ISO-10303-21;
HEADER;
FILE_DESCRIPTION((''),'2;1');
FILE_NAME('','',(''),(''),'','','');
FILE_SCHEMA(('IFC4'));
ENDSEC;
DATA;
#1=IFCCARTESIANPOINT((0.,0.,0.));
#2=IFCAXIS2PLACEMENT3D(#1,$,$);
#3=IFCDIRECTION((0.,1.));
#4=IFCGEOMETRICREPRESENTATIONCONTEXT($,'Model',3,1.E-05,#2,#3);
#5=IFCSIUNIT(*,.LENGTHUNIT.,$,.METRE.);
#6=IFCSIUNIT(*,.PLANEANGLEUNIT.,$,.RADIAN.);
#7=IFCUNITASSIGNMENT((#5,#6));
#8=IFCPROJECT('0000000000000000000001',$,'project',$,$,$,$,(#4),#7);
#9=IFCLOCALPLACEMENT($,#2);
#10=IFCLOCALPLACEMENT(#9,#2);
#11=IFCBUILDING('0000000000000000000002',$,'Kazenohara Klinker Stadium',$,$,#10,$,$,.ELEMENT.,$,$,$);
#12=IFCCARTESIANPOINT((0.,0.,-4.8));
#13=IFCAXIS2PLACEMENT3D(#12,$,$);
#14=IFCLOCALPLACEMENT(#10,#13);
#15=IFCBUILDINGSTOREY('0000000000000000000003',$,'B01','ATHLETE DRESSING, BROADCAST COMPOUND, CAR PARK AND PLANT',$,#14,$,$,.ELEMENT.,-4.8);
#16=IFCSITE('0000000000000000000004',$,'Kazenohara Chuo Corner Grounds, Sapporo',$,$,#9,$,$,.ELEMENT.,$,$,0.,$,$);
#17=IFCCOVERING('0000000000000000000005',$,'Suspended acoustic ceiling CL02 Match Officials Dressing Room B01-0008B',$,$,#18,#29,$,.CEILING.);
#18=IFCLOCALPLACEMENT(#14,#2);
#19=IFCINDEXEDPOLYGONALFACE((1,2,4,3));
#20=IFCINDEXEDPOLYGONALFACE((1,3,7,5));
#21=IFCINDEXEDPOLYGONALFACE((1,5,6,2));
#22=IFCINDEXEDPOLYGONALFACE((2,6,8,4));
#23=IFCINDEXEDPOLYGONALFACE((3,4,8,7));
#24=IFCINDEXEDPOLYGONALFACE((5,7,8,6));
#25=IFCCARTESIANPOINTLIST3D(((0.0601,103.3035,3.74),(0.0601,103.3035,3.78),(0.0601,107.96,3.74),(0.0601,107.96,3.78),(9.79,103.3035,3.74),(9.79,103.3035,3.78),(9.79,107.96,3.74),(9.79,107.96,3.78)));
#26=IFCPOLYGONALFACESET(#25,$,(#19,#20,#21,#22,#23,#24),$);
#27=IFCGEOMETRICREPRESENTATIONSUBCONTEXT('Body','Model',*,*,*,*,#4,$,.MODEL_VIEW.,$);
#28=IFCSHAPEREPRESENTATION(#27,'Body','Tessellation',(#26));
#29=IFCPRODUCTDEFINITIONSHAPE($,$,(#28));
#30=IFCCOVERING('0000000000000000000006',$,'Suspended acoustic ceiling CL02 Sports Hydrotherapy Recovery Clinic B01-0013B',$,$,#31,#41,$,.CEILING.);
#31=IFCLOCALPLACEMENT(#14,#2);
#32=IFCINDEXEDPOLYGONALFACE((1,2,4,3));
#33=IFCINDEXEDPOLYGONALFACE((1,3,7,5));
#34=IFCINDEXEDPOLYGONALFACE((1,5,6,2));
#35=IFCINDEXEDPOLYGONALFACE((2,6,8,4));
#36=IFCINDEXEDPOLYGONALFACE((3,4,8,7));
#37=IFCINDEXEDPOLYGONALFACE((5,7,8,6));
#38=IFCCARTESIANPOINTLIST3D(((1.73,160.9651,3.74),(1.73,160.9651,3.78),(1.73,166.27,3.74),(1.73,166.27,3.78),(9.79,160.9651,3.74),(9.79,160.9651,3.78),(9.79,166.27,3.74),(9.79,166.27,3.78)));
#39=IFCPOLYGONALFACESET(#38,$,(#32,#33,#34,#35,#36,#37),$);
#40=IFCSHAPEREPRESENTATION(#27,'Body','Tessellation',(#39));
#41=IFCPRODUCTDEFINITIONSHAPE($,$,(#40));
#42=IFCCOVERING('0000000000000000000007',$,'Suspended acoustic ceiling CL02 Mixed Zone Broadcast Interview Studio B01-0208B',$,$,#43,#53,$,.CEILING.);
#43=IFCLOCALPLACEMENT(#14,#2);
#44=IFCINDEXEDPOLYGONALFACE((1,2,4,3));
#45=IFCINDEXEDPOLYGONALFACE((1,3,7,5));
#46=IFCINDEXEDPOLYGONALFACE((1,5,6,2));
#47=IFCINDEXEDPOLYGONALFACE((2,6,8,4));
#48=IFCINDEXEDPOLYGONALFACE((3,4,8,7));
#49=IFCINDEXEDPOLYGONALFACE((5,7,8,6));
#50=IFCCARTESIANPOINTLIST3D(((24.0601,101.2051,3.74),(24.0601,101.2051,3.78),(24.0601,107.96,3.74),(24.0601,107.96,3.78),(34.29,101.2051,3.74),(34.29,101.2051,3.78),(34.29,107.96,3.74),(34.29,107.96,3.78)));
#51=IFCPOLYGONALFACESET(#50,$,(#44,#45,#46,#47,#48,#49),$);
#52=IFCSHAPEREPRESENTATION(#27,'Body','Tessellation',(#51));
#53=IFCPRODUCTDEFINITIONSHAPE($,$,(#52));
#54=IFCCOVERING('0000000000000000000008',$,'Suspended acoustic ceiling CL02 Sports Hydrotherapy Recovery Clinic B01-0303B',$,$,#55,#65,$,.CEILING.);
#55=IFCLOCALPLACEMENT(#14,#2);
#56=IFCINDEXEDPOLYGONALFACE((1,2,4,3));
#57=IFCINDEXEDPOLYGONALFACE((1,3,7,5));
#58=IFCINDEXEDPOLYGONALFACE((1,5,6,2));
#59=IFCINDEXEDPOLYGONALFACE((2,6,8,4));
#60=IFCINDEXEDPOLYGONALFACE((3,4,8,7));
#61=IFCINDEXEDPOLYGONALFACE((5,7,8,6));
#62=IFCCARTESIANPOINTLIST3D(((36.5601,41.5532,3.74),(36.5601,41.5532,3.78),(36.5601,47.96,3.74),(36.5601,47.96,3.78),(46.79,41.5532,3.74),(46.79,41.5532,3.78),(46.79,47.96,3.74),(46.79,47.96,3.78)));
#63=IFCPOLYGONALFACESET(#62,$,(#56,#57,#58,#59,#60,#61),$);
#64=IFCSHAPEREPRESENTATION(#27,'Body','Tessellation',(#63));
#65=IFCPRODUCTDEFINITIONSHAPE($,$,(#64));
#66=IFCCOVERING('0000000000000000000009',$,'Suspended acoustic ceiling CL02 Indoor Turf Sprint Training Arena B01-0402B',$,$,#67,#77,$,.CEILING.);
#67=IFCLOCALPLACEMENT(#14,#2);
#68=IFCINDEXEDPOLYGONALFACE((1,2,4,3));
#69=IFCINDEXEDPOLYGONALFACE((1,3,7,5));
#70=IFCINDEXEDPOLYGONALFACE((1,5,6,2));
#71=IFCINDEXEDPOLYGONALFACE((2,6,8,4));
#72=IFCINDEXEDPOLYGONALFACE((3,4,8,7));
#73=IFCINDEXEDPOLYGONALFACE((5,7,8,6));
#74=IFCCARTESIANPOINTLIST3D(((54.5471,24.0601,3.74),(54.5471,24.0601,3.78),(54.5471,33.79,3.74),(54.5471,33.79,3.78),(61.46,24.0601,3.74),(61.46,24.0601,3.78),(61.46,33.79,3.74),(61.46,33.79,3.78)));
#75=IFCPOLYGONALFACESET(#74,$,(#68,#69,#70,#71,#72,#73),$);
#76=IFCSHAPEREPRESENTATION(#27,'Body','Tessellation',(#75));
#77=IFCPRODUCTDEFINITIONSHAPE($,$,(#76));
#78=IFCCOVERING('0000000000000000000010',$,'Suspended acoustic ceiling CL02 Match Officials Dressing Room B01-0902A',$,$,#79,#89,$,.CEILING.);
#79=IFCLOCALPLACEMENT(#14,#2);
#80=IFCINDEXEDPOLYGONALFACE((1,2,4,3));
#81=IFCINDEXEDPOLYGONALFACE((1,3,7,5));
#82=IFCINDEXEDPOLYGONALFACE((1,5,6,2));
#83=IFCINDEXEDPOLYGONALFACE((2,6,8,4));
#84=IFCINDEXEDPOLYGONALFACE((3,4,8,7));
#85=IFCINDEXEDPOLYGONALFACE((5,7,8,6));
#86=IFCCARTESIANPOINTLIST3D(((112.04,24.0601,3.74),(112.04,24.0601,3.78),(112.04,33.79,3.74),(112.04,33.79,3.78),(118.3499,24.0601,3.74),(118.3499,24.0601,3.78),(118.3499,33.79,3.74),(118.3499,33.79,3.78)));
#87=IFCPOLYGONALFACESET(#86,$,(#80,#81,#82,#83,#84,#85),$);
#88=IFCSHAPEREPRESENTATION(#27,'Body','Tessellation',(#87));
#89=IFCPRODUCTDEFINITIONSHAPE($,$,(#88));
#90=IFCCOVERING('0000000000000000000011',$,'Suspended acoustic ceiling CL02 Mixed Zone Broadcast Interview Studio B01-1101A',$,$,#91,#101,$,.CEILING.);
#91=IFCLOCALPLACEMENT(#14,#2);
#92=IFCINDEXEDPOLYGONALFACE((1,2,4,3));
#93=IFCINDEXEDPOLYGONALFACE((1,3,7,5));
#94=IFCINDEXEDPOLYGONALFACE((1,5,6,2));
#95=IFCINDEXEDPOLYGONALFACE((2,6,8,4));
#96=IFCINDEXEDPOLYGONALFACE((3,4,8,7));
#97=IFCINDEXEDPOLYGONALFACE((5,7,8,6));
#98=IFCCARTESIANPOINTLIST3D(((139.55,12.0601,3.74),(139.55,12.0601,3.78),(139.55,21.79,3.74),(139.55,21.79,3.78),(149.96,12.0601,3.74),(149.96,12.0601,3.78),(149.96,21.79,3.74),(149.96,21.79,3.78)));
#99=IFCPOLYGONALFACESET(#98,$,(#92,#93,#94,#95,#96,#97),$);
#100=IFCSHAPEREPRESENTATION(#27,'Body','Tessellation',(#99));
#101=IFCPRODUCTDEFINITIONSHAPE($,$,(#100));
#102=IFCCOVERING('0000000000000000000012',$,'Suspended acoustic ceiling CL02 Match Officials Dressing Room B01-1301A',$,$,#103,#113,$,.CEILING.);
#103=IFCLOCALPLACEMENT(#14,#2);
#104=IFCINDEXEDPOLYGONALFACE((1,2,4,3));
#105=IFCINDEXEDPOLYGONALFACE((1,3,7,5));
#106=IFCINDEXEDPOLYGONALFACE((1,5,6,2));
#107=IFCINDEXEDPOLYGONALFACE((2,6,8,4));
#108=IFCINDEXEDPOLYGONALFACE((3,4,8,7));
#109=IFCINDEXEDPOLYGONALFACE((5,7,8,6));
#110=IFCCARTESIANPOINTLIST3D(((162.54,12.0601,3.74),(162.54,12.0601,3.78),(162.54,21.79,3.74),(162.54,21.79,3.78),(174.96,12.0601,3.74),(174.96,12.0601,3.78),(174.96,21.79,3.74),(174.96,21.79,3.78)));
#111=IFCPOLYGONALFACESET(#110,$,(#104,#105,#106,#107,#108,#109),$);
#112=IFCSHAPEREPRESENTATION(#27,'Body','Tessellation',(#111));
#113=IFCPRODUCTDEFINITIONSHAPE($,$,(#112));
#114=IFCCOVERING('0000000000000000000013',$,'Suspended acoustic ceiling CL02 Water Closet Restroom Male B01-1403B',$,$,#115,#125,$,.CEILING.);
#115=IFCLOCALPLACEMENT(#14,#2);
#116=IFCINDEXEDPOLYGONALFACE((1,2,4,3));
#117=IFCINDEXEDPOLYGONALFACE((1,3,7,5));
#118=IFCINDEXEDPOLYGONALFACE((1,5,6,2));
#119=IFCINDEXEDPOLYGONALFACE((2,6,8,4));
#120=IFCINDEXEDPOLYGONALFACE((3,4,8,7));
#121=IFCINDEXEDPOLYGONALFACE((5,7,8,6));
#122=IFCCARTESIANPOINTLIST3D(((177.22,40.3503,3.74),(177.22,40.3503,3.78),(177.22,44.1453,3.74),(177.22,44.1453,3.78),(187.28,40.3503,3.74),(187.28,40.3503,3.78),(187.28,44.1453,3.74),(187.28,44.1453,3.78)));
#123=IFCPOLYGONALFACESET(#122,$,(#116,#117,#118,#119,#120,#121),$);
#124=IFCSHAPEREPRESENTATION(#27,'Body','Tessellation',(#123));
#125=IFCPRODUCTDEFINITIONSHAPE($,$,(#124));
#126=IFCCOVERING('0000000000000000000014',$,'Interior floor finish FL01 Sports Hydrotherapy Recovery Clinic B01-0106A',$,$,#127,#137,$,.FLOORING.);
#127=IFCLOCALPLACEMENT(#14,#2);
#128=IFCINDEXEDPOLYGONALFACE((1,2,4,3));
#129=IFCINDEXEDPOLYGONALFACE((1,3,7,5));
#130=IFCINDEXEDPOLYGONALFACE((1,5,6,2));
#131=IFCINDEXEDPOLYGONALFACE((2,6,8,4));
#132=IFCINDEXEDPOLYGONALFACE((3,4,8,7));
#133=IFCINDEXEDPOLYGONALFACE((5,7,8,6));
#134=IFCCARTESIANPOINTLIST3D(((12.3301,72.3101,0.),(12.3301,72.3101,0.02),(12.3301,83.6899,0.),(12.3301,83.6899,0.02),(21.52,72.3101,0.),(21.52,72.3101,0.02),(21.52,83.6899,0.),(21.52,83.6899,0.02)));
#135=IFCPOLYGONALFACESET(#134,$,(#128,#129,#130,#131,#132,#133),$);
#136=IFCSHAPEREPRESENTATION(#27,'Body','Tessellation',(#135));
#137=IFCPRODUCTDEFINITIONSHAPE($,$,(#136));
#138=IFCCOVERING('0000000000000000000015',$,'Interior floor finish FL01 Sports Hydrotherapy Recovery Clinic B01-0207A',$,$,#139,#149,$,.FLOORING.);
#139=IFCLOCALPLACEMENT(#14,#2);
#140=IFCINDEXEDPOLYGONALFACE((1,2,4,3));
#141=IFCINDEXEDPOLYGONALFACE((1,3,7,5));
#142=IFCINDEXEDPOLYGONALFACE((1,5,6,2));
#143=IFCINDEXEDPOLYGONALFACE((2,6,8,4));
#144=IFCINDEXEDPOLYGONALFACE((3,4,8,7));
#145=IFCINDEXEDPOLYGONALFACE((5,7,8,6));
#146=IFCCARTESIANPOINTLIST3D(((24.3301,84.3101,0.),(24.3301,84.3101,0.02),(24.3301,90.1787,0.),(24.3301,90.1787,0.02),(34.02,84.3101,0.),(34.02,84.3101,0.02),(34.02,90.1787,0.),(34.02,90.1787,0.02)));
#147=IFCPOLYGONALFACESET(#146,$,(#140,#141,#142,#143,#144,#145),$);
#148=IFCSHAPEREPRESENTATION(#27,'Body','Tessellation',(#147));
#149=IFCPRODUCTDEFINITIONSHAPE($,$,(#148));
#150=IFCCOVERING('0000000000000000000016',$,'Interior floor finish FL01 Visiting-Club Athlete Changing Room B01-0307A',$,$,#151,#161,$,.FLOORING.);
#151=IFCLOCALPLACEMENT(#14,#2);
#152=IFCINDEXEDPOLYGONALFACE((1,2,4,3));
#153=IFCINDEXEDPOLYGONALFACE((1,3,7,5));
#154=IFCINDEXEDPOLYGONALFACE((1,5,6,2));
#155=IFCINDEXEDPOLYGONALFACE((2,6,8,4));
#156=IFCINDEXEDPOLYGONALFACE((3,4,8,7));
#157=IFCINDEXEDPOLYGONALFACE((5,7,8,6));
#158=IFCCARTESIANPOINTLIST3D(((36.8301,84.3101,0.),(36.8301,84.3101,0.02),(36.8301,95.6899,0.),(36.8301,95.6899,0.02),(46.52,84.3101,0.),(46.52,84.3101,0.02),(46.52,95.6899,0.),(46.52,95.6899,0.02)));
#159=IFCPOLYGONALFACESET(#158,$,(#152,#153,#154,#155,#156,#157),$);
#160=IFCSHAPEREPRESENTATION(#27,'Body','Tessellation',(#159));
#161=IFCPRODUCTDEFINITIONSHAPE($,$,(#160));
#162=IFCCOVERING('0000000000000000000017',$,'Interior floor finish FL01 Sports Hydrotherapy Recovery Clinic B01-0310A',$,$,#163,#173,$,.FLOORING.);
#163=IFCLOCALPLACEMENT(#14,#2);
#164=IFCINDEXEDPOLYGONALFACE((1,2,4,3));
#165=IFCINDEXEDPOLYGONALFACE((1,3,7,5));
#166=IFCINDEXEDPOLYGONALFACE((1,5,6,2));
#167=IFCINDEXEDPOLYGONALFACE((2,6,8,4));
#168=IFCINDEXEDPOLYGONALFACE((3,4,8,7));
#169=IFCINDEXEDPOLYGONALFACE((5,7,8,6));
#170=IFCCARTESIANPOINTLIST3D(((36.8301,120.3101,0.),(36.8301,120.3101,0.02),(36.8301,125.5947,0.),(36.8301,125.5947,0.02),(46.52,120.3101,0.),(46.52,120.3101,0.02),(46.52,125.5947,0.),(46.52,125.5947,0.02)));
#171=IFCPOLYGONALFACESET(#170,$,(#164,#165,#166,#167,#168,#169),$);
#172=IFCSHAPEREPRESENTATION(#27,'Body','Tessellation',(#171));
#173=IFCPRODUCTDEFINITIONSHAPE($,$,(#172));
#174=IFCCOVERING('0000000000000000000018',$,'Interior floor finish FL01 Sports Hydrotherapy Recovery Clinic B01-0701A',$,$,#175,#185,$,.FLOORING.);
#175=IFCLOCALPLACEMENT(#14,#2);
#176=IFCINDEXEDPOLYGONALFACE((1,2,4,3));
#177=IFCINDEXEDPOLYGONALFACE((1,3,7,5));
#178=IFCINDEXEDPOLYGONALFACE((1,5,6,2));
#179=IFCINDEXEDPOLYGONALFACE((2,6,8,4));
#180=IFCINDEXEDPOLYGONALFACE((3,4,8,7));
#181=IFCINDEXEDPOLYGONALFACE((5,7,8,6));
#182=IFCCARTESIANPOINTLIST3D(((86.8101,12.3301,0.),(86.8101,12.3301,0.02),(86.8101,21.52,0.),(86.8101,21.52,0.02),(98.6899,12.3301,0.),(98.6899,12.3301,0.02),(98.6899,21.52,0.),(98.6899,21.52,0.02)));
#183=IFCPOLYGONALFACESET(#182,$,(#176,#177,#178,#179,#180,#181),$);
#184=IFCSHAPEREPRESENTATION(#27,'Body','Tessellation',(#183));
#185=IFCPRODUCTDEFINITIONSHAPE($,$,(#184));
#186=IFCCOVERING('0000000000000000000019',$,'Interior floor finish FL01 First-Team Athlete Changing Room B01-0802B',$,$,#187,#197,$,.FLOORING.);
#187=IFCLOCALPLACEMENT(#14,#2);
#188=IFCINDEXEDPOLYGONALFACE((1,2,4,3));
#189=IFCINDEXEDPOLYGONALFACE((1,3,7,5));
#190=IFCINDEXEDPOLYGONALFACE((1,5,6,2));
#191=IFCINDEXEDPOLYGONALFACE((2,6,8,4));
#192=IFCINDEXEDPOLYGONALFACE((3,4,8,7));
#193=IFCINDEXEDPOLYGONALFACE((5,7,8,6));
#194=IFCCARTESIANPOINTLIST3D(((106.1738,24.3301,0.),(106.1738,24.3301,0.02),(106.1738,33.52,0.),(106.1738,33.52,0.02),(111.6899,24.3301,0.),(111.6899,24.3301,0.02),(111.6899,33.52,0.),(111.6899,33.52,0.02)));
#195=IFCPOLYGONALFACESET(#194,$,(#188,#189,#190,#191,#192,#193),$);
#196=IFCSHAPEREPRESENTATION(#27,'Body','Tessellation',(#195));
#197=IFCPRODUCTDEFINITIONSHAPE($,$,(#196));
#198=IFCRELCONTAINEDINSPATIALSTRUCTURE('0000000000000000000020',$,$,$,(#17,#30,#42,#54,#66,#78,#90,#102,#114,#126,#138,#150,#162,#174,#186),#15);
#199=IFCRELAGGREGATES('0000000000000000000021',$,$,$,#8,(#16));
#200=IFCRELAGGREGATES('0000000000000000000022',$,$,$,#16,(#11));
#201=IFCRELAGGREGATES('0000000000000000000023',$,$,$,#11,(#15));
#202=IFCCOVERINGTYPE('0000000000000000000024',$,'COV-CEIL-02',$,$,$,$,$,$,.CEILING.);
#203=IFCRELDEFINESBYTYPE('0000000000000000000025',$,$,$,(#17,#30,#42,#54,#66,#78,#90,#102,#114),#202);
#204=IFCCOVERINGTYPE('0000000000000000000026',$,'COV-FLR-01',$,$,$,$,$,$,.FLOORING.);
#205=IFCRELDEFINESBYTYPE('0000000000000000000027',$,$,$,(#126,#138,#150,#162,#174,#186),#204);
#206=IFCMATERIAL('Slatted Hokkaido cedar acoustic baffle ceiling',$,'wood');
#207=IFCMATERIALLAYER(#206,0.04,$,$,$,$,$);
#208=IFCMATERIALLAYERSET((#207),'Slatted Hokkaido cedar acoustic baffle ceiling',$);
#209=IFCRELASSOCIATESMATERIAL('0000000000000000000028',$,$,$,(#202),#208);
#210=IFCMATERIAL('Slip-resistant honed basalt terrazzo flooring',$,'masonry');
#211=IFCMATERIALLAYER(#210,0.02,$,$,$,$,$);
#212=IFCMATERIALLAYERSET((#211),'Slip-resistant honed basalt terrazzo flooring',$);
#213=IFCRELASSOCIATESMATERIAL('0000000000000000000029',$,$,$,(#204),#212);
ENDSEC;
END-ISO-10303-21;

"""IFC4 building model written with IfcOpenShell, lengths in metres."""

from ifc_helpers import new_model, si_unit, direction, frame, origin, place, context, subcontext, project, spatial, polyline, outline, extrude, material, layer, layer_set, type_object, element, save


model = new_model("IFC4")

# Units and contexts
model_context = context("Model", 3, precision=1e-05, world=origin(), true_north=direction((0.0, 1.0)))
body_context = subcontext(model_context, "Body", "Model", "MODEL_VIEW")
ifc_project = project(units=[si_unit("LENGTHUNIT", "METRE"), si_unit("PLANEANGLEUNIT", "RADIAN")], contexts=[model_context])

# Site, building, storey
site_placement = place(None, origin())
site = spatial("IfcSite", under=ifc_project, at=site_placement, Name="Kazenohara Chuo Corner Grounds, Sapporo", CompositionType="ELEMENT", RefElevation=0.0)
building_placement = place(site_placement, origin())
building = spatial("IfcBuilding", under=site, at=building_placement, Name="Kazenohara Klinker Stadium", CompositionType="ELEMENT")
storey_placement = place(building_placement, frame((0.0, 0.0, -4.8)))
storey = spatial("IfcBuildingStorey", under=building, at=storey_placement, Name="B01", Description="ATHLETE DRESSING, BROADCAST COMPOUND, CAR PARK AND PLANT", CompositionType="ELEMENT", Elevation=-4.8)

# Coverings
ifc_material_1 = material(Name="Slatted Hokkaido cedar acoustic baffle ceiling", Category="wood")
ifc_layer_1 = layer(ifc_material_1, 0.04)
ifc_layer_set_1 = layer_set([ifc_layer_1], Name="Slatted Hokkaido cedar acoustic baffle ceiling")
covering_type_1 = type_object("IfcCoveringType", Name="COV-CEIL-02", PredefinedType="CEILING", material=ifc_layer_set_1)
covering_1_placement = place(storey_placement, frame((0.0, 0.0, 3.74)))
element("IfcCovering", 1, at=covering_1_placement, inside=storey, type_object=covering_type_1, Name="Suspended acoustic ceiling CL02 Match Officials Dressing Room B01-0008B", PredefinedType="CEILING", context=body_context, shape_type="SweptSolid", body=[
    extrude(outline(polyline([(0.0601, 103.3035), (9.79, 103.3035), (9.79, 107.96), (0.0601, 107.96), (0.0601, 103.3035)])), origin(), (0.0, 0.0, 1.0), 0.04),
])
covering_2_placement = place(storey_placement, frame((0.0, 0.0, 3.74)))
element("IfcCovering", 2, at=covering_2_placement, inside=storey, type_object=covering_type_1, Name="Suspended acoustic ceiling CL02 Sports Hydrotherapy Recovery Clinic B01-0013B", PredefinedType="CEILING", context=body_context, shape_type="SweptSolid", body=[
    extrude(outline(polyline([(1.73, 160.9651), (9.79, 160.9651), (9.79, 166.27), (1.73, 166.27), (1.73, 160.9651)])), origin(), (0.0, 0.0, 1.0), 0.04),
])
covering_3_placement = place(storey_placement, frame((0.0, 0.0, 3.74)))
element("IfcCovering", 3, at=covering_3_placement, inside=storey, type_object=covering_type_1, Name="Suspended acoustic ceiling CL02 Mixed Zone Broadcast Interview Studio B01-0208B", PredefinedType="CEILING", context=body_context, shape_type="SweptSolid", body=[
    extrude(outline(polyline([(24.0601, 101.2051), (34.29, 101.2051), (34.29, 107.96), (24.0601, 107.96), (24.0601, 101.2051)])), origin(), (0.0, 0.0, 1.0), 0.04),
])
covering_4_placement = place(storey_placement, frame((0.0, 0.0, 3.74)))
element("IfcCovering", 4, at=covering_4_placement, inside=storey, type_object=covering_type_1, Name="Suspended acoustic ceiling CL02 Sports Hydrotherapy Recovery Clinic B01-0303B", PredefinedType="CEILING", context=body_context, shape_type="SweptSolid", body=[
    extrude(outline(polyline([(36.5601, 41.5532), (46.79, 41.5532), (46.79, 47.96), (36.5601, 47.96), (36.5601, 41.5532)])), origin(), (0.0, 0.0, 1.0), 0.04),
])
covering_5_placement = place(storey_placement, frame((0.0, 0.0, 3.74)))
element("IfcCovering", 5, at=covering_5_placement, inside=storey, type_object=covering_type_1, Name="Suspended acoustic ceiling CL02 Indoor Turf Sprint Training Arena B01-0402B", PredefinedType="CEILING", context=body_context, shape_type="SweptSolid", body=[
    extrude(outline(polyline([(54.5471, 24.0601), (61.46, 24.0601), (61.46, 33.79), (54.5471, 33.79), (54.5471, 24.0601)])), origin(), (0.0, 0.0, 1.0), 0.04),
])
covering_6_placement = place(storey_placement, frame((0.0, 0.0, 3.74)))
element("IfcCovering", 6, at=covering_6_placement, inside=storey, type_object=covering_type_1, Name="Suspended acoustic ceiling CL02 Match Officials Dressing Room B01-0902A", PredefinedType="CEILING", context=body_context, shape_type="SweptSolid", body=[
    extrude(outline(polyline([(112.04, 24.0601), (118.3499, 24.0601), (118.3499, 33.79), (112.04, 33.79), (112.04, 24.0601)])), origin(), (0.0, 0.0, 1.0), 0.04),
])
covering_7_placement = place(storey_placement, frame((0.0, 0.0, 3.74)))
element("IfcCovering", 7, at=covering_7_placement, inside=storey, type_object=covering_type_1, Name="Suspended acoustic ceiling CL02 Mixed Zone Broadcast Interview Studio B01-1101A", PredefinedType="CEILING", context=body_context, shape_type="SweptSolid", body=[
    extrude(outline(polyline([(139.55, 12.0601), (149.96, 12.0601), (149.96, 21.79), (139.55, 21.79), (139.55, 12.0601)])), origin(), (0.0, 0.0, 1.0), 0.04),
])
covering_8_placement = place(storey_placement, frame((0.0, 0.0, 3.74)))
element("IfcCovering", 8, at=covering_8_placement, inside=storey, type_object=covering_type_1, Name="Suspended acoustic ceiling CL02 Match Officials Dressing Room B01-1301A", PredefinedType="CEILING", context=body_context, shape_type="SweptSolid", body=[
    extrude(outline(polyline([(162.54, 12.0601), (174.96, 12.0601), (174.96, 21.79), (162.54, 21.79), (162.54, 12.0601)])), origin(), (0.0, 0.0, 1.0), 0.04),
])
covering_9_placement = place(storey_placement, frame((0.0, 0.0, 3.74)))
element("IfcCovering", 9, at=covering_9_placement, inside=storey, type_object=covering_type_1, Name="Suspended acoustic ceiling CL02 Water Closet Restroom Male B01-1403B", PredefinedType="CEILING", context=body_context, shape_type="SweptSolid", body=[
    extrude(outline(polyline([(177.22, 40.3503), (187.28, 40.3503), (187.28, 44.1453), (177.22, 44.1453), (177.22, 40.3503)])), origin(), (0.0, 0.0, 1.0), 0.04),
])
ifc_material_2 = material(Name="Slip-resistant honed basalt terrazzo flooring", Category="masonry")
ifc_layer_2 = layer(ifc_material_2, 0.02)
ifc_layer_set_2 = layer_set([ifc_layer_2], Name="Slip-resistant honed basalt terrazzo flooring")
covering_type_2 = type_object("IfcCoveringType", Name="COV-FLR-01", PredefinedType="FLOORING", material=ifc_layer_set_2)
covering_10_placement = place(storey_placement, origin())
element("IfcCovering", 10, at=covering_10_placement, inside=storey, type_object=covering_type_2, Name="Interior floor finish FL01 Sports Hydrotherapy Recovery Clinic B01-0106A", PredefinedType="FLOORING", context=body_context, shape_type="SweptSolid", body=[
    extrude(outline(polyline([(12.3301, 72.3101), (21.52, 72.3101), (21.52, 83.6899), (12.3301, 83.6899), (12.3301, 72.3101)])), origin(), (0.0, 0.0, 1.0), 0.02),
])
covering_11_placement = place(storey_placement, origin())
element("IfcCovering", 11, at=covering_11_placement, inside=storey, type_object=covering_type_2, Name="Interior floor finish FL01 Sports Hydrotherapy Recovery Clinic B01-0207A", PredefinedType="FLOORING", context=body_context, shape_type="SweptSolid", body=[
    extrude(outline(polyline([(24.3301, 84.3101), (34.02, 84.3101), (34.02, 90.1787), (24.3301, 90.1787), (24.3301, 84.3101)])), origin(), (0.0, 0.0, 1.0), 0.02),
])
covering_12_placement = place(storey_placement, origin())
element("IfcCovering", 12, at=covering_12_placement, inside=storey, type_object=covering_type_2, Name="Interior floor finish FL01 Visiting-Club Athlete Changing Room B01-0307A", PredefinedType="FLOORING", context=body_context, shape_type="SweptSolid", body=[
    extrude(outline(polyline([(36.8301, 84.3101), (46.52, 84.3101), (46.52, 95.6899), (36.8301, 95.6899), (36.8301, 84.3101)])), origin(), (0.0, 0.0, 1.0), 0.02),
])
covering_13_placement = place(storey_placement, origin())
element("IfcCovering", 13, at=covering_13_placement, inside=storey, type_object=covering_type_2, Name="Interior floor finish FL01 Sports Hydrotherapy Recovery Clinic B01-0310A", PredefinedType="FLOORING", context=body_context, shape_type="SweptSolid", body=[
    extrude(outline(polyline([(36.8301, 120.3101), (46.52, 120.3101), (46.52, 125.5947), (36.8301, 125.5947), (36.8301, 120.3101)])), origin(), (0.0, 0.0, 1.0), 0.02),
])
covering_14_placement = place(storey_placement, origin())
element("IfcCovering", 14, at=covering_14_placement, inside=storey, type_object=covering_type_2, Name="Interior floor finish FL01 Sports Hydrotherapy Recovery Clinic B01-0701A", PredefinedType="FLOORING", context=body_context, shape_type="SweptSolid", body=[
    extrude(outline(polyline([(86.8101, 12.3301), (98.6899, 12.3301), (98.6899, 21.52), (86.8101, 21.52), (86.8101, 12.3301)])), origin(), (0.0, 0.0, 1.0), 0.02),
])
covering_15_placement = place(storey_placement, origin())
element("IfcCovering", 15, at=covering_15_placement, inside=storey, type_object=covering_type_2, Name="Interior floor finish FL01 First-Team Athlete Changing Room B01-0802B", PredefinedType="FLOORING", context=body_context, shape_type="SweptSolid", body=[
    extrude(outline(polyline([(106.1738, 24.3301), (111.6899, 24.3301), (111.6899, 33.52), (106.1738, 33.52), (106.1738, 24.3301)])), origin(), (0.0, 0.0, 1.0), 0.02),
])

save(model, "model.ifc")
